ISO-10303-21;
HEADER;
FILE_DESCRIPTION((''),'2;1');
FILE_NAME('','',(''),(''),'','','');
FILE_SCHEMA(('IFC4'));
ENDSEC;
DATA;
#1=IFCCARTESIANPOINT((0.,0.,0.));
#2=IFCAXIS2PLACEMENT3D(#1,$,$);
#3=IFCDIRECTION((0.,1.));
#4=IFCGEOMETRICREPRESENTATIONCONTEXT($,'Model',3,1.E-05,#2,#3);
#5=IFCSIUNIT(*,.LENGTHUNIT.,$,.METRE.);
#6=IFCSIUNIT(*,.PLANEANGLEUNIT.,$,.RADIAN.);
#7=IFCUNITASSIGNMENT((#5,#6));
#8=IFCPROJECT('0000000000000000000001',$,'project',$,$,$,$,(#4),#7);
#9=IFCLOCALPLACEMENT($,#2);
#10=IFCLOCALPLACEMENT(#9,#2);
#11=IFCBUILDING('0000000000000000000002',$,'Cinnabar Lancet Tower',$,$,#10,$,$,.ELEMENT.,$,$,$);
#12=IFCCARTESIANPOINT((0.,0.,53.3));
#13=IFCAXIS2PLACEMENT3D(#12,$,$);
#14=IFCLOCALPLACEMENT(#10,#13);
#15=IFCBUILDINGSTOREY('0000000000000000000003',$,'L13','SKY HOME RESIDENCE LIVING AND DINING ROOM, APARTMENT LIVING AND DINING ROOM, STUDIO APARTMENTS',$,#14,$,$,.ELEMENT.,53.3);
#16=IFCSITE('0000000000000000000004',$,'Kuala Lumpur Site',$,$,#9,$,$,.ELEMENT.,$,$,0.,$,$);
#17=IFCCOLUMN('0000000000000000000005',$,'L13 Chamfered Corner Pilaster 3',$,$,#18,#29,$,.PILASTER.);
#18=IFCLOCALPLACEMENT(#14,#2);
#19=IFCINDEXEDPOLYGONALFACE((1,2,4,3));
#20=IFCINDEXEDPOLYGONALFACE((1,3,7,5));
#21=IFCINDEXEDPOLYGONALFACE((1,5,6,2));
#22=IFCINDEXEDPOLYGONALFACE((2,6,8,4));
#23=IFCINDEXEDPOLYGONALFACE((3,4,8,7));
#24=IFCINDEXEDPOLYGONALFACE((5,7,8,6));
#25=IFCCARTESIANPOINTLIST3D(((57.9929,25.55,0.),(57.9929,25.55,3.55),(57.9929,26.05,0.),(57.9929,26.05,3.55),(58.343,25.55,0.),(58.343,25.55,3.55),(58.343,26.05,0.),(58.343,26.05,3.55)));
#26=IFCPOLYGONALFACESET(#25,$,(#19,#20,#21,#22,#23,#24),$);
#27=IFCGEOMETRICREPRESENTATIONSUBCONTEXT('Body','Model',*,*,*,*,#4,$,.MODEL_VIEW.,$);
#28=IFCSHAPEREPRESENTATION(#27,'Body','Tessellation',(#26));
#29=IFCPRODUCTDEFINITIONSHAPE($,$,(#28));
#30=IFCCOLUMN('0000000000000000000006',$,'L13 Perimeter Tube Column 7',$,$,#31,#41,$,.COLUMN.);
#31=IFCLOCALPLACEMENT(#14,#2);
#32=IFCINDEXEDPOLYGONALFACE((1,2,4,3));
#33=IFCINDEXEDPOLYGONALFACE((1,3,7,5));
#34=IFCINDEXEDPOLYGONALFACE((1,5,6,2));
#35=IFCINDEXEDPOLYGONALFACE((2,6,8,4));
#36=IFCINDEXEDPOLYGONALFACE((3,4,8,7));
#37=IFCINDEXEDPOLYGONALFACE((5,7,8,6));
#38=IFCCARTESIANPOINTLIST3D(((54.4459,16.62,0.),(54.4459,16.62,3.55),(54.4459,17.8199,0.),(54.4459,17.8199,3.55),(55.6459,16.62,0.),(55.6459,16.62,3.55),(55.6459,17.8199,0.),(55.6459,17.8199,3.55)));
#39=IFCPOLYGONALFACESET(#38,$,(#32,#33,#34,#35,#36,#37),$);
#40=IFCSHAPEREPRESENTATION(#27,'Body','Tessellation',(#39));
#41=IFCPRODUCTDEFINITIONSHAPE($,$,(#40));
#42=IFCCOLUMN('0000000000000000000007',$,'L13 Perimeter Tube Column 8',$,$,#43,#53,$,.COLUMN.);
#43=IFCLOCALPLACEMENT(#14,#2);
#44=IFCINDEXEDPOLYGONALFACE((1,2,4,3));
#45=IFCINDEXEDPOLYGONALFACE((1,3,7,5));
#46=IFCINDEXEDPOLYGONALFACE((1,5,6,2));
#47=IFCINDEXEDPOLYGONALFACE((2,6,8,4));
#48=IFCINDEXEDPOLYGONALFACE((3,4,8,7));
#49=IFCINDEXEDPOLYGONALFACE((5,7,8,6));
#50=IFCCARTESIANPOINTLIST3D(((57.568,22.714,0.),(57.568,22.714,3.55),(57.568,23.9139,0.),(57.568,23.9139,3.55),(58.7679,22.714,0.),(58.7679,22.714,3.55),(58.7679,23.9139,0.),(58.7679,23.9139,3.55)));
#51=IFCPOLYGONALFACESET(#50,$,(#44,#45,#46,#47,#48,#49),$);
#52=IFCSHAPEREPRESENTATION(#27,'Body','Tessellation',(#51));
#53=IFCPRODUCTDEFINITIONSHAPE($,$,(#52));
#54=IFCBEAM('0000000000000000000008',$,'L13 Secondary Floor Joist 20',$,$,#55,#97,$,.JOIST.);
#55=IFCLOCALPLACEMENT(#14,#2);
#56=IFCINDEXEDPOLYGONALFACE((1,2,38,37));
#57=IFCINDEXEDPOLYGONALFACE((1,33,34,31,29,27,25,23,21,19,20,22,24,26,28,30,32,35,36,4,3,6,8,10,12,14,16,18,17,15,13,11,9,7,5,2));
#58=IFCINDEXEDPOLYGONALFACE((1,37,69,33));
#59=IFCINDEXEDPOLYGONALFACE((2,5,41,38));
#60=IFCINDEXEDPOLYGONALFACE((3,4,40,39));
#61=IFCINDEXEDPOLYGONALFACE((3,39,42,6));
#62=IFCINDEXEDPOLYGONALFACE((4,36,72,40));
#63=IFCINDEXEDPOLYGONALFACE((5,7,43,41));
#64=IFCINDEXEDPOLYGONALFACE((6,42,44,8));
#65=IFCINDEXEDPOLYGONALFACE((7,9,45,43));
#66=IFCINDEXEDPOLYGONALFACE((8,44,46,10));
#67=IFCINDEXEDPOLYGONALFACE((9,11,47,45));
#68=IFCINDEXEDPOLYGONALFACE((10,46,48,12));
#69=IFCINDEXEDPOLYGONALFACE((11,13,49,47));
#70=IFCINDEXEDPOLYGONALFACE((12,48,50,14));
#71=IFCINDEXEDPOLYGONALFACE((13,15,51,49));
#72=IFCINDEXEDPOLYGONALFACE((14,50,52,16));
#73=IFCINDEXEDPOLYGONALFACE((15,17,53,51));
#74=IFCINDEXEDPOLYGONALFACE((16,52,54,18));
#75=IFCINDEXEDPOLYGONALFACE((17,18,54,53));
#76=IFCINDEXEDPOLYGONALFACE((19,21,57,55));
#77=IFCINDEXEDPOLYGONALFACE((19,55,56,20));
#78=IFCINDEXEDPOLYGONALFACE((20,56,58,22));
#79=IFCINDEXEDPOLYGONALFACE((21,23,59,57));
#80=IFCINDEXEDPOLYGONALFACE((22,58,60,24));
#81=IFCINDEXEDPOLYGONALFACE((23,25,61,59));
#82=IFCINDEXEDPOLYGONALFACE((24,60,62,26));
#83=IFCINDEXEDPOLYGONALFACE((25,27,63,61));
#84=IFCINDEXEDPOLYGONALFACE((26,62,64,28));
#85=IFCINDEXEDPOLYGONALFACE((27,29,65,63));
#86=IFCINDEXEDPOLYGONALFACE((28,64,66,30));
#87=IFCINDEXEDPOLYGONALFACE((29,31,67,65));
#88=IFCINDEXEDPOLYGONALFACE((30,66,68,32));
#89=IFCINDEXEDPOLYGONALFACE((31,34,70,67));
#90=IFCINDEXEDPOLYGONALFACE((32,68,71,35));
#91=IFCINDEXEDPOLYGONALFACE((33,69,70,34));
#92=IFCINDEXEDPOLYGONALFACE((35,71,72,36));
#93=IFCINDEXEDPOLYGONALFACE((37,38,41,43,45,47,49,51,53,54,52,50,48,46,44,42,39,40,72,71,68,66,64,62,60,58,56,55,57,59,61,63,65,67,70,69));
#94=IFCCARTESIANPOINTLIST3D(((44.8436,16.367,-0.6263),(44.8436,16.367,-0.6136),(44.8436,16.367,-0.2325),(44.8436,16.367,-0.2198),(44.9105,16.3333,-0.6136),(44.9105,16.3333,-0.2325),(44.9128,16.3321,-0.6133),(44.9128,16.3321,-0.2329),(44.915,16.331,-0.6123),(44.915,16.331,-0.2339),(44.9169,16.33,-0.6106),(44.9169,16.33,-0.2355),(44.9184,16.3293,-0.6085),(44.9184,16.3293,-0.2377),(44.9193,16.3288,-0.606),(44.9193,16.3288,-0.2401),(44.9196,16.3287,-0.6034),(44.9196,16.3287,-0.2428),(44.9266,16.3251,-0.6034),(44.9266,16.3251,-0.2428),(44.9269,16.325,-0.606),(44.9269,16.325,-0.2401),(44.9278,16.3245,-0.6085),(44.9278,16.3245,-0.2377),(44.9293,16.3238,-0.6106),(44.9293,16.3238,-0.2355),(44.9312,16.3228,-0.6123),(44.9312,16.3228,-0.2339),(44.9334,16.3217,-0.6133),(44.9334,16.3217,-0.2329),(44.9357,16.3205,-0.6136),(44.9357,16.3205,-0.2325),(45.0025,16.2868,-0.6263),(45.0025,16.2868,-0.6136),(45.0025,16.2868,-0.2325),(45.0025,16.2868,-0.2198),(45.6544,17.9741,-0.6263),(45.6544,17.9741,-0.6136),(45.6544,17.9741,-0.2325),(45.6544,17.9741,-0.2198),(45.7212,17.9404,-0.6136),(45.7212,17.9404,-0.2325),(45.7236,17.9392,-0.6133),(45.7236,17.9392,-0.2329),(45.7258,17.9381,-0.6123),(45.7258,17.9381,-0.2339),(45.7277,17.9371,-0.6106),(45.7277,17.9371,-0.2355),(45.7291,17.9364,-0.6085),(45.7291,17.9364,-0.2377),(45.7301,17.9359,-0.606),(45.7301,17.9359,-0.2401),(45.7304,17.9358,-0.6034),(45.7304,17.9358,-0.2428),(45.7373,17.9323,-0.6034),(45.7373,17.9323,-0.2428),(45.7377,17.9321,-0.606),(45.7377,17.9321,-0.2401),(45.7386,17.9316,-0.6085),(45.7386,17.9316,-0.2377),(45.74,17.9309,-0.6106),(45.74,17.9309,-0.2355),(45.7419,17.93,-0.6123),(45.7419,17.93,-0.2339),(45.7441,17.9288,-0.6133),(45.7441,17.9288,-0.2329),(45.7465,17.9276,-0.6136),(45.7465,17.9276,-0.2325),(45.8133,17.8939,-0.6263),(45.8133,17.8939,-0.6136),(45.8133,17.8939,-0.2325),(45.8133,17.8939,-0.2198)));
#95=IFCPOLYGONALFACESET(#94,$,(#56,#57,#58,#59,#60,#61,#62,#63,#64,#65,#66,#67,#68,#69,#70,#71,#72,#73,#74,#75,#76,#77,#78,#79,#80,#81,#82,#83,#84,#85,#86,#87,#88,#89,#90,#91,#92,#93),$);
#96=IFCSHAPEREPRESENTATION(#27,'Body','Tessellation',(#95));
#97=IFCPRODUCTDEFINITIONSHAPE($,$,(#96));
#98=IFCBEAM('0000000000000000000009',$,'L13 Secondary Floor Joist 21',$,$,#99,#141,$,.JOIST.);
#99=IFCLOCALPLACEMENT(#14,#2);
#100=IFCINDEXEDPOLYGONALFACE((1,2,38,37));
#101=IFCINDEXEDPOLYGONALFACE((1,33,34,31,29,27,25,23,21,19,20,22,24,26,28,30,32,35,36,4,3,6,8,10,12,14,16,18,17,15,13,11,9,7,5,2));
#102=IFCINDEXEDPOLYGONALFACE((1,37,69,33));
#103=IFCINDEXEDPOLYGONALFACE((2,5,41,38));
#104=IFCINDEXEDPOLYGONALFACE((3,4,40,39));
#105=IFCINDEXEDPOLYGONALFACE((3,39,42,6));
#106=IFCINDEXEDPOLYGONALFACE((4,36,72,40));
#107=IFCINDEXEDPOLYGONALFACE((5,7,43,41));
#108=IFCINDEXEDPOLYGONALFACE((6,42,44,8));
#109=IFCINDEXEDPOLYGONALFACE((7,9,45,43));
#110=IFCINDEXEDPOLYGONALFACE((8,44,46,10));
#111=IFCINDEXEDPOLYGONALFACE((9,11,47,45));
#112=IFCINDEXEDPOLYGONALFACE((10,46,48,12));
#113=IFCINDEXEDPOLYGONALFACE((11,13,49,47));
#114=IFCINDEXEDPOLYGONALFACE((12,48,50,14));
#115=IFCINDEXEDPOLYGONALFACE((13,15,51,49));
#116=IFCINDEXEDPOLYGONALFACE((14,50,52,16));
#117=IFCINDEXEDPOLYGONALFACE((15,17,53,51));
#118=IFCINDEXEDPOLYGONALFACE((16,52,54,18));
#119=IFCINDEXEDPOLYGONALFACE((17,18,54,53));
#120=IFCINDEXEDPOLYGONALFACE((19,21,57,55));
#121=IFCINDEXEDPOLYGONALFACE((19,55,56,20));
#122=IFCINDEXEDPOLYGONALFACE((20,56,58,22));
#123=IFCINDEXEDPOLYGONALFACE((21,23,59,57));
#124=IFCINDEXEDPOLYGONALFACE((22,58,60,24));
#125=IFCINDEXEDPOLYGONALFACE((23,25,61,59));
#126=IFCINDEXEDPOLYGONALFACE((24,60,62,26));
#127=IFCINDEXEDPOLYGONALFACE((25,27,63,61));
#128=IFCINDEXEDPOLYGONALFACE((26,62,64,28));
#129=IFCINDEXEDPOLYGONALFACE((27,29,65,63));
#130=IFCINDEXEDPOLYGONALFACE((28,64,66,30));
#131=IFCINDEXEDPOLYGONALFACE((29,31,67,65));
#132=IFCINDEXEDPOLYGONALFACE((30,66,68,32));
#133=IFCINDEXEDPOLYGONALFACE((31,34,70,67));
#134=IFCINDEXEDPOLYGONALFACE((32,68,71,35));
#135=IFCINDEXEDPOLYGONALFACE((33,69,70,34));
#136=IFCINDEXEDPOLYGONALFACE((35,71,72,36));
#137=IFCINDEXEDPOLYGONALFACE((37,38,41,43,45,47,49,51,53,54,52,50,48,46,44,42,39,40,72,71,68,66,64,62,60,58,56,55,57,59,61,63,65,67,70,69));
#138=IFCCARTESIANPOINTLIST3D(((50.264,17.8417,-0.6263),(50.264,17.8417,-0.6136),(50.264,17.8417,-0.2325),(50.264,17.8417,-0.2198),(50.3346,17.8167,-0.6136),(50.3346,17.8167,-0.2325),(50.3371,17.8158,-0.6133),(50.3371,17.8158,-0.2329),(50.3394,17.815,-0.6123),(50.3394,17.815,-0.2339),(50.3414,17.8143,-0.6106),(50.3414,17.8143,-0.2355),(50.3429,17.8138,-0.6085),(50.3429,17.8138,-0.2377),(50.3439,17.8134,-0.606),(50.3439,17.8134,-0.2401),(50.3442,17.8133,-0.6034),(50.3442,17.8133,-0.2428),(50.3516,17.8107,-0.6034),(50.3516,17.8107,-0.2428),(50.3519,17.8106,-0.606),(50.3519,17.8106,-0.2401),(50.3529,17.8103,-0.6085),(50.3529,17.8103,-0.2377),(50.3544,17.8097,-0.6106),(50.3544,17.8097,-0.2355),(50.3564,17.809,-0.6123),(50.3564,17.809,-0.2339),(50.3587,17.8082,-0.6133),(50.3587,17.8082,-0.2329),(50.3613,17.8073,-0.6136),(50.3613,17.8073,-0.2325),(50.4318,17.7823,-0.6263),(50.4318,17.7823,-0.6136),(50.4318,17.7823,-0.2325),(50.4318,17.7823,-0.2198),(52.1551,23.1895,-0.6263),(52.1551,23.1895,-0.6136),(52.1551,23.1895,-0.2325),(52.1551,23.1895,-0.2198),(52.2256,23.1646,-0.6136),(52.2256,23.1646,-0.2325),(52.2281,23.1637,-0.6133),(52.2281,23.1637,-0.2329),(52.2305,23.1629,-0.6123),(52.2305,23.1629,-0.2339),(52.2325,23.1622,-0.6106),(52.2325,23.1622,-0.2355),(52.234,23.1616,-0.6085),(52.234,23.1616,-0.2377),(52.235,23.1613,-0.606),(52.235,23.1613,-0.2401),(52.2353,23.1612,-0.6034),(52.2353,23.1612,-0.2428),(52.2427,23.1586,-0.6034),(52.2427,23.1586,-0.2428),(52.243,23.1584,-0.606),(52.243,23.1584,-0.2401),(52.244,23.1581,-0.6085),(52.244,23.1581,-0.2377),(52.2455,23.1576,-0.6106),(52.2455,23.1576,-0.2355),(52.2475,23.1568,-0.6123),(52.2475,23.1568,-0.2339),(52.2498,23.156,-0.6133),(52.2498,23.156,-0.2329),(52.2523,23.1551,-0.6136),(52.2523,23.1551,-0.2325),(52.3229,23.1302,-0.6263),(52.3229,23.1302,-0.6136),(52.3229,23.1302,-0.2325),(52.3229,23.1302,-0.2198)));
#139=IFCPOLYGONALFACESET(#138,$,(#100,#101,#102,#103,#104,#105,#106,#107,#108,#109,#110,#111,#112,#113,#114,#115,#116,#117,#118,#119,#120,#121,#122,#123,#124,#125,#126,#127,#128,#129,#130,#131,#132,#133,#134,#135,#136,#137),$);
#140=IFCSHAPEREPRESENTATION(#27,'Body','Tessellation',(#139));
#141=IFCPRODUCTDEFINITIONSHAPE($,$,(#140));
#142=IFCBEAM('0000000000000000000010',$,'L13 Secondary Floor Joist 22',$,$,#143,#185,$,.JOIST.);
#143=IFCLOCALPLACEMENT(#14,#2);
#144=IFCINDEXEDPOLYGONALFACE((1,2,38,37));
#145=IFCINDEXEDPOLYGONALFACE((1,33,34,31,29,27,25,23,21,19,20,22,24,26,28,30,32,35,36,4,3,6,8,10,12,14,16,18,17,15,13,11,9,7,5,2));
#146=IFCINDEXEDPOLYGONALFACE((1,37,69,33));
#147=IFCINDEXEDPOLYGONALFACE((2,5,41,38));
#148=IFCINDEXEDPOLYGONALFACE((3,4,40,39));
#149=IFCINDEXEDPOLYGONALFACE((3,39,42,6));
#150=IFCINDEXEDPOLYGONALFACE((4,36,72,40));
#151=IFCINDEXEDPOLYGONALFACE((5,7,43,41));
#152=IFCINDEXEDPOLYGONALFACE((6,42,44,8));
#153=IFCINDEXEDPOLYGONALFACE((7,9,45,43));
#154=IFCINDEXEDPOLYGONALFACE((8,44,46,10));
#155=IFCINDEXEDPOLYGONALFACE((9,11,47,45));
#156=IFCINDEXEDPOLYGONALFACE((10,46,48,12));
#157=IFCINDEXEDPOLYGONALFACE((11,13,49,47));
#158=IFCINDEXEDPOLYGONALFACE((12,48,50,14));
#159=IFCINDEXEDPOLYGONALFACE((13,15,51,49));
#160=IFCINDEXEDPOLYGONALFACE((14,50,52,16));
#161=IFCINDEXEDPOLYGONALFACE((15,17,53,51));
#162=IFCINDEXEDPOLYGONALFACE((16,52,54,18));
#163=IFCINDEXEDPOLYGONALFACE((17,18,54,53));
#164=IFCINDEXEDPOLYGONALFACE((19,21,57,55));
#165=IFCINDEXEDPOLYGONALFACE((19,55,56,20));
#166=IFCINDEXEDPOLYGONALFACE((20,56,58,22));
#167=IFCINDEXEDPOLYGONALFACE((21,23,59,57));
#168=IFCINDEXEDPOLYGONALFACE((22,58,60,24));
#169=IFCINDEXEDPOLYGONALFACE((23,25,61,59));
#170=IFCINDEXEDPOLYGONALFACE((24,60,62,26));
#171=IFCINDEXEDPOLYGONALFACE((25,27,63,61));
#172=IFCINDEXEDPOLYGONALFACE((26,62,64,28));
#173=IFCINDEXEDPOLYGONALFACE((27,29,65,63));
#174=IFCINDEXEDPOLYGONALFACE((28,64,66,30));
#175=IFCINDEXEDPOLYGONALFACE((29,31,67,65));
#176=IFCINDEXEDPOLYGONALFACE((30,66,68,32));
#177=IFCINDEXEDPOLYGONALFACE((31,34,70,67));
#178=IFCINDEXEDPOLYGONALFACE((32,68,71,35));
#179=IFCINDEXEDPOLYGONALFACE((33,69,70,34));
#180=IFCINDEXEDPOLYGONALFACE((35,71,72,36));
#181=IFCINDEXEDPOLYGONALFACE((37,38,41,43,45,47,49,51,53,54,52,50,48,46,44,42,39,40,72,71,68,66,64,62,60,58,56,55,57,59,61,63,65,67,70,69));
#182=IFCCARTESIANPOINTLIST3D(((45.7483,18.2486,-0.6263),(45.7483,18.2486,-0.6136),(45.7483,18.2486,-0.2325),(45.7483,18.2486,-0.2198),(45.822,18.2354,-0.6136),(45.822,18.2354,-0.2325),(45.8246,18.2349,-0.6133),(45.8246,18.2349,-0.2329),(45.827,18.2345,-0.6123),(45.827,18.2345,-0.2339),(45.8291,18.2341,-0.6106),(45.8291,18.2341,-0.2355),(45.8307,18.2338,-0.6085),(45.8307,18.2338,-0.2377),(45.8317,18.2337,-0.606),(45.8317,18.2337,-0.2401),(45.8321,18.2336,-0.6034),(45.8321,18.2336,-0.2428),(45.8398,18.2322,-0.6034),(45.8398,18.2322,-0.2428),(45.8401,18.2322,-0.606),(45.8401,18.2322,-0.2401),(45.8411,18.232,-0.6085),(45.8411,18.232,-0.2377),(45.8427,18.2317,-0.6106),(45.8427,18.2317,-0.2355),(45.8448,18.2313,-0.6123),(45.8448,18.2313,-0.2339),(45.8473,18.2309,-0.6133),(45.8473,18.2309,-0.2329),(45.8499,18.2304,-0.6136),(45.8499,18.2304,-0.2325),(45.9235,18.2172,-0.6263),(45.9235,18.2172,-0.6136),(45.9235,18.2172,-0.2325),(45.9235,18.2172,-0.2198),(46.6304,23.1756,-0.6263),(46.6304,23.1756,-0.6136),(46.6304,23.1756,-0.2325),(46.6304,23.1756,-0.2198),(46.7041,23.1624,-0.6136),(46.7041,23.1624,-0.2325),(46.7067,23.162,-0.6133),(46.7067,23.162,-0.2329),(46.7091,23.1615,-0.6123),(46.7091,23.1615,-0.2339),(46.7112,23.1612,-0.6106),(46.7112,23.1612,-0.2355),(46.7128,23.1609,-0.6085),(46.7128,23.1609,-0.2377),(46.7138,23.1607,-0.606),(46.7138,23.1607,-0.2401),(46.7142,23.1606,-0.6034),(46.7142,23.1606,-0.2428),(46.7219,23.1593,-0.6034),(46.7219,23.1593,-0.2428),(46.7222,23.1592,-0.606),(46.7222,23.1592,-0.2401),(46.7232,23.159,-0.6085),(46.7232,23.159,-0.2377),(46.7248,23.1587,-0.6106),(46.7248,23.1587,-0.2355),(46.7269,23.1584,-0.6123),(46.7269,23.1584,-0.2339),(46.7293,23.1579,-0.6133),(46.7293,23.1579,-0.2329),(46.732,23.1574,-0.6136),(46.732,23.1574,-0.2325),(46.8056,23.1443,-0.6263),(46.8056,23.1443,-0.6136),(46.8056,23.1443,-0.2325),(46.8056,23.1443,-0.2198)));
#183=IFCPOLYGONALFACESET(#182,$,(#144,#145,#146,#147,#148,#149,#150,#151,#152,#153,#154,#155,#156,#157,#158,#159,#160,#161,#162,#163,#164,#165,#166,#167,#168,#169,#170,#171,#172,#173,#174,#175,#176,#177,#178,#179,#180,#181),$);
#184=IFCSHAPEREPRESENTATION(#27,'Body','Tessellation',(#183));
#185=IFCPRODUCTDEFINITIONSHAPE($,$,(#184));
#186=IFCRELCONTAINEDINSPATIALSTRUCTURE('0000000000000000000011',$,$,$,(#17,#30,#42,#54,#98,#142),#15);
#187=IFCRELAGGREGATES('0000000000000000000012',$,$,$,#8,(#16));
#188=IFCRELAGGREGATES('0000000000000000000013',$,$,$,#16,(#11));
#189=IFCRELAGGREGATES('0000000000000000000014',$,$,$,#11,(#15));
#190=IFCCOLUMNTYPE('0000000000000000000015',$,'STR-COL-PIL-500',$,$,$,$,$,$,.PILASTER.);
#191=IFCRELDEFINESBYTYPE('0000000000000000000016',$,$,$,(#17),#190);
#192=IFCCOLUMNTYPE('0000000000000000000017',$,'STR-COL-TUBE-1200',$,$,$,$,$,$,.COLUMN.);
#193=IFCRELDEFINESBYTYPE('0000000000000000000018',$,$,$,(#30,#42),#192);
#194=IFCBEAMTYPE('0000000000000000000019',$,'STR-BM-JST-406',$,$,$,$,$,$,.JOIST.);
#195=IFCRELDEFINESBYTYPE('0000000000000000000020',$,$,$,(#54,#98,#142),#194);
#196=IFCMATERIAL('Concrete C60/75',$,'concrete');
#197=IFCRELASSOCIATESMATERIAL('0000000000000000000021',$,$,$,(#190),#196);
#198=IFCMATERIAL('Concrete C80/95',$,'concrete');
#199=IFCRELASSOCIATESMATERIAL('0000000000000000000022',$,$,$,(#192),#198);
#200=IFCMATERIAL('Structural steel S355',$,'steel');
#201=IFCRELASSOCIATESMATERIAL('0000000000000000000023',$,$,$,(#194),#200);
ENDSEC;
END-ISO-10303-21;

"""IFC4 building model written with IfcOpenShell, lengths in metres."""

from ifc_helpers import new_model, si_unit, direction, frame, origin, origin_2d, place, context, subcontext, project, spatial, rectangle, i_section, extrude, material, material_profile, profile_set, type_object, element, save


model = new_model("IFC4")

# Units and contexts
model_context = context("Model", 3, precision=1e-05, world=origin(), true_north=direction((0.0, 1.0)))
body_context = subcontext(model_context, "Body", "Model", "MODEL_VIEW")
ifc_project = project(units=[si_unit("LENGTHUNIT", "METRE"), si_unit("PLANEANGLEUNIT", "RADIAN")], contexts=[model_context])

# Site, building, storey
site_placement = place(None, origin())
site = spatial("IfcSite", under=ifc_project, at=site_placement, Name="Kuala Lumpur Site", CompositionType="ELEMENT", RefElevation=0.0)
building_placement = place(site_placement, origin())
building = spatial("IfcBuilding", under=site, at=building_placement, Name="Cinnabar Lancet Tower", CompositionType="ELEMENT")
storey_placement = place(building_placement, frame((0.0, 0.0, 53.3)))
storey = spatial("IfcBuildingStorey", under=building, at=storey_placement, Name="L13", Description="SKY HOME RESIDENCE LIVING AND DINING ROOM, APARTMENT LIVING AND DINING ROOM, STUDIO APARTMENTS", CompositionType="ELEMENT", Elevation=53.3)

# Columns
ifc_material_1 = material(Name="Concrete C60/75", Category="concrete")
ifc_material_profile_1 = material_profile(ifc_material_1, rectangle(XDim=0.5, YDim=0.3501, at=origin_2d()), Name="RC-PIL 500x350")
ifc_profile_set_1 = profile_set([ifc_material_profile_1], Name="Concrete C60/75")
column_type_1 = type_object("IfcColumnType", Name="STR-COL-PIL-500", PredefinedType="PILASTER", material=ifc_profile_set_1)
column_placement = place(storey_placement, frame((58.168, 25.8, 0.0), z_axis=(0.0, 0.0, 1.0), x_axis=(0.0, 1.0, 0.0)))
element("IfcColumn", 1, at=column_placement, inside=storey, type_object=column_type_1, Name="L13 Chamfered Corner Pilaster 3", PredefinedType="PILASTER", context=body_context, shape_type="SweptSolid", body=[
    extrude(rectangle(XDim=0.5, YDim=0.3501, at=origin_2d()), origin(), (0.0, 0.0, 1.0), 3.55),
])
ifc_material_2 = material(Name="Concrete C80/95", Category="concrete")
ifc_material_profile_2 = material_profile(ifc_material_2, rectangle(XDim=1.2, YDim=1.2, at=origin_2d()), Name="RC-COL 1200x1200")
ifc_profile_set_2 = profile_set([ifc_material_profile_2], Name="Concrete C80/95")
column_type_2 = type_object("IfcColumnType", Name="STR-COL-TUBE-1200", PredefinedType="COLUMN", material=ifc_profile_set_2)
for number, where, z_axis, x_axis, name in (
    (2, (55.0459, 17.22, 0.0), (0.0, 0.0, 1.0), (1.0, 0.0, 0.0), "L13 Perimeter Tube Column 7"),
    (3, (58.168, 23.314, 0.0), (0.0, 0.0, 1.0), (1.0, 0.0, 0.0), "L13 Perimeter Tube Column 8"),
):
    element("IfcColumn", number, at=place(storey_placement, frame(where, z_axis=z_axis, x_axis=x_axis)), inside=storey, type_object=column_type_2, Name=name, PredefinedType="COLUMN", context=body_context, shape_type="SweptSolid", body=[
        extrude(rectangle(XDim=1.2, YDim=1.2, at=origin_2d()), origin(), (0.0, 0.0, 1.0), 3.55),
    ])

# Beams
ifc_material_3 = material(Name="Structural steel S355", Category="steel")
ifc_material_profile_3 = material_profile(ifc_material_3, i_section(OverallWidth=0.178, OverallDepth=0.4065, WebThickness=0.0078, FlangeThickness=0.0127, FilletRadius=0.0103, at=origin_2d()), Name="UKB 406x178x60")
ifc_profile_set_3 = profile_set([ifc_material_profile_3], Name="Structural steel S355")
beam_type_1 = type_object("IfcBeamType", Name="STR-BM-JST-406", PredefinedType="JOIST", material=ifc_profile_set_3)
beam_1_placement = place(storey_placement, frame((44.9231, 16.3269, -0.4231), z_axis=(0.450411, 0.892821, 0.0), x_axis=(-0.892821, 0.450411, 0.0)))
element("IfcBeam", 4, at=beam_1_placement, inside=storey, type_object=beam_type_1, Name="L13 Secondary Floor Joist 20", PredefinedType="JOIST", context=body_context, shape_type="SweptSolid", body=[
    extrude(i_section(OverallWidth=0.178, OverallDepth=0.4065, WebThickness=0.0078, FlangeThickness=0.0127, FilletRadius=0.0103, at=origin_2d()), origin(), (0.0, 0.0, 1.0), 1.8),
])
beam_2_placement = place(storey_placement, frame((50.3479, 17.812, -0.4231), z_axis=(0.333387, 0.94279, 0.0), x_axis=(-0.94279, 0.333387, 0.0)))
element("IfcBeam", 5, at=beam_2_placement, inside=storey, type_object=beam_type_1, Name="L13 Secondary Floor Joist 21", PredefinedType="JOIST", context=body_context, shape_type="SweptSolid", body=[
    extrude(i_section(OverallWidth=0.178, OverallDepth=0.4065, WebThickness=0.0078, FlangeThickness=0.0127, FilletRadius=0.0103, at=origin_2d()), origin(), (0.0, 0.0, 1.0), 5.6724),
])
beam_3_placement = place(storey_placement, frame((45.8359, 18.2329, -0.4231), z_axis=(0.176228, 0.984349, 0.0), x_axis=(-0.984349, 0.176228, 0.0)))
element("IfcBeam", 6, at=beam_3_placement, inside=storey, type_object=beam_type_1, Name="L13 Secondary Floor Joist 22", PredefinedType="JOIST", context=body_context, shape_type="SweptSolid", body=[
    extrude(i_section(OverallWidth=0.178, OverallDepth=0.4065, WebThickness=0.0078, FlangeThickness=0.0127, FilletRadius=0.0103, at=origin_2d()), origin(), (0.0, 0.0, 1.0), 5.0054),
])

save(model, "model.ifc")
